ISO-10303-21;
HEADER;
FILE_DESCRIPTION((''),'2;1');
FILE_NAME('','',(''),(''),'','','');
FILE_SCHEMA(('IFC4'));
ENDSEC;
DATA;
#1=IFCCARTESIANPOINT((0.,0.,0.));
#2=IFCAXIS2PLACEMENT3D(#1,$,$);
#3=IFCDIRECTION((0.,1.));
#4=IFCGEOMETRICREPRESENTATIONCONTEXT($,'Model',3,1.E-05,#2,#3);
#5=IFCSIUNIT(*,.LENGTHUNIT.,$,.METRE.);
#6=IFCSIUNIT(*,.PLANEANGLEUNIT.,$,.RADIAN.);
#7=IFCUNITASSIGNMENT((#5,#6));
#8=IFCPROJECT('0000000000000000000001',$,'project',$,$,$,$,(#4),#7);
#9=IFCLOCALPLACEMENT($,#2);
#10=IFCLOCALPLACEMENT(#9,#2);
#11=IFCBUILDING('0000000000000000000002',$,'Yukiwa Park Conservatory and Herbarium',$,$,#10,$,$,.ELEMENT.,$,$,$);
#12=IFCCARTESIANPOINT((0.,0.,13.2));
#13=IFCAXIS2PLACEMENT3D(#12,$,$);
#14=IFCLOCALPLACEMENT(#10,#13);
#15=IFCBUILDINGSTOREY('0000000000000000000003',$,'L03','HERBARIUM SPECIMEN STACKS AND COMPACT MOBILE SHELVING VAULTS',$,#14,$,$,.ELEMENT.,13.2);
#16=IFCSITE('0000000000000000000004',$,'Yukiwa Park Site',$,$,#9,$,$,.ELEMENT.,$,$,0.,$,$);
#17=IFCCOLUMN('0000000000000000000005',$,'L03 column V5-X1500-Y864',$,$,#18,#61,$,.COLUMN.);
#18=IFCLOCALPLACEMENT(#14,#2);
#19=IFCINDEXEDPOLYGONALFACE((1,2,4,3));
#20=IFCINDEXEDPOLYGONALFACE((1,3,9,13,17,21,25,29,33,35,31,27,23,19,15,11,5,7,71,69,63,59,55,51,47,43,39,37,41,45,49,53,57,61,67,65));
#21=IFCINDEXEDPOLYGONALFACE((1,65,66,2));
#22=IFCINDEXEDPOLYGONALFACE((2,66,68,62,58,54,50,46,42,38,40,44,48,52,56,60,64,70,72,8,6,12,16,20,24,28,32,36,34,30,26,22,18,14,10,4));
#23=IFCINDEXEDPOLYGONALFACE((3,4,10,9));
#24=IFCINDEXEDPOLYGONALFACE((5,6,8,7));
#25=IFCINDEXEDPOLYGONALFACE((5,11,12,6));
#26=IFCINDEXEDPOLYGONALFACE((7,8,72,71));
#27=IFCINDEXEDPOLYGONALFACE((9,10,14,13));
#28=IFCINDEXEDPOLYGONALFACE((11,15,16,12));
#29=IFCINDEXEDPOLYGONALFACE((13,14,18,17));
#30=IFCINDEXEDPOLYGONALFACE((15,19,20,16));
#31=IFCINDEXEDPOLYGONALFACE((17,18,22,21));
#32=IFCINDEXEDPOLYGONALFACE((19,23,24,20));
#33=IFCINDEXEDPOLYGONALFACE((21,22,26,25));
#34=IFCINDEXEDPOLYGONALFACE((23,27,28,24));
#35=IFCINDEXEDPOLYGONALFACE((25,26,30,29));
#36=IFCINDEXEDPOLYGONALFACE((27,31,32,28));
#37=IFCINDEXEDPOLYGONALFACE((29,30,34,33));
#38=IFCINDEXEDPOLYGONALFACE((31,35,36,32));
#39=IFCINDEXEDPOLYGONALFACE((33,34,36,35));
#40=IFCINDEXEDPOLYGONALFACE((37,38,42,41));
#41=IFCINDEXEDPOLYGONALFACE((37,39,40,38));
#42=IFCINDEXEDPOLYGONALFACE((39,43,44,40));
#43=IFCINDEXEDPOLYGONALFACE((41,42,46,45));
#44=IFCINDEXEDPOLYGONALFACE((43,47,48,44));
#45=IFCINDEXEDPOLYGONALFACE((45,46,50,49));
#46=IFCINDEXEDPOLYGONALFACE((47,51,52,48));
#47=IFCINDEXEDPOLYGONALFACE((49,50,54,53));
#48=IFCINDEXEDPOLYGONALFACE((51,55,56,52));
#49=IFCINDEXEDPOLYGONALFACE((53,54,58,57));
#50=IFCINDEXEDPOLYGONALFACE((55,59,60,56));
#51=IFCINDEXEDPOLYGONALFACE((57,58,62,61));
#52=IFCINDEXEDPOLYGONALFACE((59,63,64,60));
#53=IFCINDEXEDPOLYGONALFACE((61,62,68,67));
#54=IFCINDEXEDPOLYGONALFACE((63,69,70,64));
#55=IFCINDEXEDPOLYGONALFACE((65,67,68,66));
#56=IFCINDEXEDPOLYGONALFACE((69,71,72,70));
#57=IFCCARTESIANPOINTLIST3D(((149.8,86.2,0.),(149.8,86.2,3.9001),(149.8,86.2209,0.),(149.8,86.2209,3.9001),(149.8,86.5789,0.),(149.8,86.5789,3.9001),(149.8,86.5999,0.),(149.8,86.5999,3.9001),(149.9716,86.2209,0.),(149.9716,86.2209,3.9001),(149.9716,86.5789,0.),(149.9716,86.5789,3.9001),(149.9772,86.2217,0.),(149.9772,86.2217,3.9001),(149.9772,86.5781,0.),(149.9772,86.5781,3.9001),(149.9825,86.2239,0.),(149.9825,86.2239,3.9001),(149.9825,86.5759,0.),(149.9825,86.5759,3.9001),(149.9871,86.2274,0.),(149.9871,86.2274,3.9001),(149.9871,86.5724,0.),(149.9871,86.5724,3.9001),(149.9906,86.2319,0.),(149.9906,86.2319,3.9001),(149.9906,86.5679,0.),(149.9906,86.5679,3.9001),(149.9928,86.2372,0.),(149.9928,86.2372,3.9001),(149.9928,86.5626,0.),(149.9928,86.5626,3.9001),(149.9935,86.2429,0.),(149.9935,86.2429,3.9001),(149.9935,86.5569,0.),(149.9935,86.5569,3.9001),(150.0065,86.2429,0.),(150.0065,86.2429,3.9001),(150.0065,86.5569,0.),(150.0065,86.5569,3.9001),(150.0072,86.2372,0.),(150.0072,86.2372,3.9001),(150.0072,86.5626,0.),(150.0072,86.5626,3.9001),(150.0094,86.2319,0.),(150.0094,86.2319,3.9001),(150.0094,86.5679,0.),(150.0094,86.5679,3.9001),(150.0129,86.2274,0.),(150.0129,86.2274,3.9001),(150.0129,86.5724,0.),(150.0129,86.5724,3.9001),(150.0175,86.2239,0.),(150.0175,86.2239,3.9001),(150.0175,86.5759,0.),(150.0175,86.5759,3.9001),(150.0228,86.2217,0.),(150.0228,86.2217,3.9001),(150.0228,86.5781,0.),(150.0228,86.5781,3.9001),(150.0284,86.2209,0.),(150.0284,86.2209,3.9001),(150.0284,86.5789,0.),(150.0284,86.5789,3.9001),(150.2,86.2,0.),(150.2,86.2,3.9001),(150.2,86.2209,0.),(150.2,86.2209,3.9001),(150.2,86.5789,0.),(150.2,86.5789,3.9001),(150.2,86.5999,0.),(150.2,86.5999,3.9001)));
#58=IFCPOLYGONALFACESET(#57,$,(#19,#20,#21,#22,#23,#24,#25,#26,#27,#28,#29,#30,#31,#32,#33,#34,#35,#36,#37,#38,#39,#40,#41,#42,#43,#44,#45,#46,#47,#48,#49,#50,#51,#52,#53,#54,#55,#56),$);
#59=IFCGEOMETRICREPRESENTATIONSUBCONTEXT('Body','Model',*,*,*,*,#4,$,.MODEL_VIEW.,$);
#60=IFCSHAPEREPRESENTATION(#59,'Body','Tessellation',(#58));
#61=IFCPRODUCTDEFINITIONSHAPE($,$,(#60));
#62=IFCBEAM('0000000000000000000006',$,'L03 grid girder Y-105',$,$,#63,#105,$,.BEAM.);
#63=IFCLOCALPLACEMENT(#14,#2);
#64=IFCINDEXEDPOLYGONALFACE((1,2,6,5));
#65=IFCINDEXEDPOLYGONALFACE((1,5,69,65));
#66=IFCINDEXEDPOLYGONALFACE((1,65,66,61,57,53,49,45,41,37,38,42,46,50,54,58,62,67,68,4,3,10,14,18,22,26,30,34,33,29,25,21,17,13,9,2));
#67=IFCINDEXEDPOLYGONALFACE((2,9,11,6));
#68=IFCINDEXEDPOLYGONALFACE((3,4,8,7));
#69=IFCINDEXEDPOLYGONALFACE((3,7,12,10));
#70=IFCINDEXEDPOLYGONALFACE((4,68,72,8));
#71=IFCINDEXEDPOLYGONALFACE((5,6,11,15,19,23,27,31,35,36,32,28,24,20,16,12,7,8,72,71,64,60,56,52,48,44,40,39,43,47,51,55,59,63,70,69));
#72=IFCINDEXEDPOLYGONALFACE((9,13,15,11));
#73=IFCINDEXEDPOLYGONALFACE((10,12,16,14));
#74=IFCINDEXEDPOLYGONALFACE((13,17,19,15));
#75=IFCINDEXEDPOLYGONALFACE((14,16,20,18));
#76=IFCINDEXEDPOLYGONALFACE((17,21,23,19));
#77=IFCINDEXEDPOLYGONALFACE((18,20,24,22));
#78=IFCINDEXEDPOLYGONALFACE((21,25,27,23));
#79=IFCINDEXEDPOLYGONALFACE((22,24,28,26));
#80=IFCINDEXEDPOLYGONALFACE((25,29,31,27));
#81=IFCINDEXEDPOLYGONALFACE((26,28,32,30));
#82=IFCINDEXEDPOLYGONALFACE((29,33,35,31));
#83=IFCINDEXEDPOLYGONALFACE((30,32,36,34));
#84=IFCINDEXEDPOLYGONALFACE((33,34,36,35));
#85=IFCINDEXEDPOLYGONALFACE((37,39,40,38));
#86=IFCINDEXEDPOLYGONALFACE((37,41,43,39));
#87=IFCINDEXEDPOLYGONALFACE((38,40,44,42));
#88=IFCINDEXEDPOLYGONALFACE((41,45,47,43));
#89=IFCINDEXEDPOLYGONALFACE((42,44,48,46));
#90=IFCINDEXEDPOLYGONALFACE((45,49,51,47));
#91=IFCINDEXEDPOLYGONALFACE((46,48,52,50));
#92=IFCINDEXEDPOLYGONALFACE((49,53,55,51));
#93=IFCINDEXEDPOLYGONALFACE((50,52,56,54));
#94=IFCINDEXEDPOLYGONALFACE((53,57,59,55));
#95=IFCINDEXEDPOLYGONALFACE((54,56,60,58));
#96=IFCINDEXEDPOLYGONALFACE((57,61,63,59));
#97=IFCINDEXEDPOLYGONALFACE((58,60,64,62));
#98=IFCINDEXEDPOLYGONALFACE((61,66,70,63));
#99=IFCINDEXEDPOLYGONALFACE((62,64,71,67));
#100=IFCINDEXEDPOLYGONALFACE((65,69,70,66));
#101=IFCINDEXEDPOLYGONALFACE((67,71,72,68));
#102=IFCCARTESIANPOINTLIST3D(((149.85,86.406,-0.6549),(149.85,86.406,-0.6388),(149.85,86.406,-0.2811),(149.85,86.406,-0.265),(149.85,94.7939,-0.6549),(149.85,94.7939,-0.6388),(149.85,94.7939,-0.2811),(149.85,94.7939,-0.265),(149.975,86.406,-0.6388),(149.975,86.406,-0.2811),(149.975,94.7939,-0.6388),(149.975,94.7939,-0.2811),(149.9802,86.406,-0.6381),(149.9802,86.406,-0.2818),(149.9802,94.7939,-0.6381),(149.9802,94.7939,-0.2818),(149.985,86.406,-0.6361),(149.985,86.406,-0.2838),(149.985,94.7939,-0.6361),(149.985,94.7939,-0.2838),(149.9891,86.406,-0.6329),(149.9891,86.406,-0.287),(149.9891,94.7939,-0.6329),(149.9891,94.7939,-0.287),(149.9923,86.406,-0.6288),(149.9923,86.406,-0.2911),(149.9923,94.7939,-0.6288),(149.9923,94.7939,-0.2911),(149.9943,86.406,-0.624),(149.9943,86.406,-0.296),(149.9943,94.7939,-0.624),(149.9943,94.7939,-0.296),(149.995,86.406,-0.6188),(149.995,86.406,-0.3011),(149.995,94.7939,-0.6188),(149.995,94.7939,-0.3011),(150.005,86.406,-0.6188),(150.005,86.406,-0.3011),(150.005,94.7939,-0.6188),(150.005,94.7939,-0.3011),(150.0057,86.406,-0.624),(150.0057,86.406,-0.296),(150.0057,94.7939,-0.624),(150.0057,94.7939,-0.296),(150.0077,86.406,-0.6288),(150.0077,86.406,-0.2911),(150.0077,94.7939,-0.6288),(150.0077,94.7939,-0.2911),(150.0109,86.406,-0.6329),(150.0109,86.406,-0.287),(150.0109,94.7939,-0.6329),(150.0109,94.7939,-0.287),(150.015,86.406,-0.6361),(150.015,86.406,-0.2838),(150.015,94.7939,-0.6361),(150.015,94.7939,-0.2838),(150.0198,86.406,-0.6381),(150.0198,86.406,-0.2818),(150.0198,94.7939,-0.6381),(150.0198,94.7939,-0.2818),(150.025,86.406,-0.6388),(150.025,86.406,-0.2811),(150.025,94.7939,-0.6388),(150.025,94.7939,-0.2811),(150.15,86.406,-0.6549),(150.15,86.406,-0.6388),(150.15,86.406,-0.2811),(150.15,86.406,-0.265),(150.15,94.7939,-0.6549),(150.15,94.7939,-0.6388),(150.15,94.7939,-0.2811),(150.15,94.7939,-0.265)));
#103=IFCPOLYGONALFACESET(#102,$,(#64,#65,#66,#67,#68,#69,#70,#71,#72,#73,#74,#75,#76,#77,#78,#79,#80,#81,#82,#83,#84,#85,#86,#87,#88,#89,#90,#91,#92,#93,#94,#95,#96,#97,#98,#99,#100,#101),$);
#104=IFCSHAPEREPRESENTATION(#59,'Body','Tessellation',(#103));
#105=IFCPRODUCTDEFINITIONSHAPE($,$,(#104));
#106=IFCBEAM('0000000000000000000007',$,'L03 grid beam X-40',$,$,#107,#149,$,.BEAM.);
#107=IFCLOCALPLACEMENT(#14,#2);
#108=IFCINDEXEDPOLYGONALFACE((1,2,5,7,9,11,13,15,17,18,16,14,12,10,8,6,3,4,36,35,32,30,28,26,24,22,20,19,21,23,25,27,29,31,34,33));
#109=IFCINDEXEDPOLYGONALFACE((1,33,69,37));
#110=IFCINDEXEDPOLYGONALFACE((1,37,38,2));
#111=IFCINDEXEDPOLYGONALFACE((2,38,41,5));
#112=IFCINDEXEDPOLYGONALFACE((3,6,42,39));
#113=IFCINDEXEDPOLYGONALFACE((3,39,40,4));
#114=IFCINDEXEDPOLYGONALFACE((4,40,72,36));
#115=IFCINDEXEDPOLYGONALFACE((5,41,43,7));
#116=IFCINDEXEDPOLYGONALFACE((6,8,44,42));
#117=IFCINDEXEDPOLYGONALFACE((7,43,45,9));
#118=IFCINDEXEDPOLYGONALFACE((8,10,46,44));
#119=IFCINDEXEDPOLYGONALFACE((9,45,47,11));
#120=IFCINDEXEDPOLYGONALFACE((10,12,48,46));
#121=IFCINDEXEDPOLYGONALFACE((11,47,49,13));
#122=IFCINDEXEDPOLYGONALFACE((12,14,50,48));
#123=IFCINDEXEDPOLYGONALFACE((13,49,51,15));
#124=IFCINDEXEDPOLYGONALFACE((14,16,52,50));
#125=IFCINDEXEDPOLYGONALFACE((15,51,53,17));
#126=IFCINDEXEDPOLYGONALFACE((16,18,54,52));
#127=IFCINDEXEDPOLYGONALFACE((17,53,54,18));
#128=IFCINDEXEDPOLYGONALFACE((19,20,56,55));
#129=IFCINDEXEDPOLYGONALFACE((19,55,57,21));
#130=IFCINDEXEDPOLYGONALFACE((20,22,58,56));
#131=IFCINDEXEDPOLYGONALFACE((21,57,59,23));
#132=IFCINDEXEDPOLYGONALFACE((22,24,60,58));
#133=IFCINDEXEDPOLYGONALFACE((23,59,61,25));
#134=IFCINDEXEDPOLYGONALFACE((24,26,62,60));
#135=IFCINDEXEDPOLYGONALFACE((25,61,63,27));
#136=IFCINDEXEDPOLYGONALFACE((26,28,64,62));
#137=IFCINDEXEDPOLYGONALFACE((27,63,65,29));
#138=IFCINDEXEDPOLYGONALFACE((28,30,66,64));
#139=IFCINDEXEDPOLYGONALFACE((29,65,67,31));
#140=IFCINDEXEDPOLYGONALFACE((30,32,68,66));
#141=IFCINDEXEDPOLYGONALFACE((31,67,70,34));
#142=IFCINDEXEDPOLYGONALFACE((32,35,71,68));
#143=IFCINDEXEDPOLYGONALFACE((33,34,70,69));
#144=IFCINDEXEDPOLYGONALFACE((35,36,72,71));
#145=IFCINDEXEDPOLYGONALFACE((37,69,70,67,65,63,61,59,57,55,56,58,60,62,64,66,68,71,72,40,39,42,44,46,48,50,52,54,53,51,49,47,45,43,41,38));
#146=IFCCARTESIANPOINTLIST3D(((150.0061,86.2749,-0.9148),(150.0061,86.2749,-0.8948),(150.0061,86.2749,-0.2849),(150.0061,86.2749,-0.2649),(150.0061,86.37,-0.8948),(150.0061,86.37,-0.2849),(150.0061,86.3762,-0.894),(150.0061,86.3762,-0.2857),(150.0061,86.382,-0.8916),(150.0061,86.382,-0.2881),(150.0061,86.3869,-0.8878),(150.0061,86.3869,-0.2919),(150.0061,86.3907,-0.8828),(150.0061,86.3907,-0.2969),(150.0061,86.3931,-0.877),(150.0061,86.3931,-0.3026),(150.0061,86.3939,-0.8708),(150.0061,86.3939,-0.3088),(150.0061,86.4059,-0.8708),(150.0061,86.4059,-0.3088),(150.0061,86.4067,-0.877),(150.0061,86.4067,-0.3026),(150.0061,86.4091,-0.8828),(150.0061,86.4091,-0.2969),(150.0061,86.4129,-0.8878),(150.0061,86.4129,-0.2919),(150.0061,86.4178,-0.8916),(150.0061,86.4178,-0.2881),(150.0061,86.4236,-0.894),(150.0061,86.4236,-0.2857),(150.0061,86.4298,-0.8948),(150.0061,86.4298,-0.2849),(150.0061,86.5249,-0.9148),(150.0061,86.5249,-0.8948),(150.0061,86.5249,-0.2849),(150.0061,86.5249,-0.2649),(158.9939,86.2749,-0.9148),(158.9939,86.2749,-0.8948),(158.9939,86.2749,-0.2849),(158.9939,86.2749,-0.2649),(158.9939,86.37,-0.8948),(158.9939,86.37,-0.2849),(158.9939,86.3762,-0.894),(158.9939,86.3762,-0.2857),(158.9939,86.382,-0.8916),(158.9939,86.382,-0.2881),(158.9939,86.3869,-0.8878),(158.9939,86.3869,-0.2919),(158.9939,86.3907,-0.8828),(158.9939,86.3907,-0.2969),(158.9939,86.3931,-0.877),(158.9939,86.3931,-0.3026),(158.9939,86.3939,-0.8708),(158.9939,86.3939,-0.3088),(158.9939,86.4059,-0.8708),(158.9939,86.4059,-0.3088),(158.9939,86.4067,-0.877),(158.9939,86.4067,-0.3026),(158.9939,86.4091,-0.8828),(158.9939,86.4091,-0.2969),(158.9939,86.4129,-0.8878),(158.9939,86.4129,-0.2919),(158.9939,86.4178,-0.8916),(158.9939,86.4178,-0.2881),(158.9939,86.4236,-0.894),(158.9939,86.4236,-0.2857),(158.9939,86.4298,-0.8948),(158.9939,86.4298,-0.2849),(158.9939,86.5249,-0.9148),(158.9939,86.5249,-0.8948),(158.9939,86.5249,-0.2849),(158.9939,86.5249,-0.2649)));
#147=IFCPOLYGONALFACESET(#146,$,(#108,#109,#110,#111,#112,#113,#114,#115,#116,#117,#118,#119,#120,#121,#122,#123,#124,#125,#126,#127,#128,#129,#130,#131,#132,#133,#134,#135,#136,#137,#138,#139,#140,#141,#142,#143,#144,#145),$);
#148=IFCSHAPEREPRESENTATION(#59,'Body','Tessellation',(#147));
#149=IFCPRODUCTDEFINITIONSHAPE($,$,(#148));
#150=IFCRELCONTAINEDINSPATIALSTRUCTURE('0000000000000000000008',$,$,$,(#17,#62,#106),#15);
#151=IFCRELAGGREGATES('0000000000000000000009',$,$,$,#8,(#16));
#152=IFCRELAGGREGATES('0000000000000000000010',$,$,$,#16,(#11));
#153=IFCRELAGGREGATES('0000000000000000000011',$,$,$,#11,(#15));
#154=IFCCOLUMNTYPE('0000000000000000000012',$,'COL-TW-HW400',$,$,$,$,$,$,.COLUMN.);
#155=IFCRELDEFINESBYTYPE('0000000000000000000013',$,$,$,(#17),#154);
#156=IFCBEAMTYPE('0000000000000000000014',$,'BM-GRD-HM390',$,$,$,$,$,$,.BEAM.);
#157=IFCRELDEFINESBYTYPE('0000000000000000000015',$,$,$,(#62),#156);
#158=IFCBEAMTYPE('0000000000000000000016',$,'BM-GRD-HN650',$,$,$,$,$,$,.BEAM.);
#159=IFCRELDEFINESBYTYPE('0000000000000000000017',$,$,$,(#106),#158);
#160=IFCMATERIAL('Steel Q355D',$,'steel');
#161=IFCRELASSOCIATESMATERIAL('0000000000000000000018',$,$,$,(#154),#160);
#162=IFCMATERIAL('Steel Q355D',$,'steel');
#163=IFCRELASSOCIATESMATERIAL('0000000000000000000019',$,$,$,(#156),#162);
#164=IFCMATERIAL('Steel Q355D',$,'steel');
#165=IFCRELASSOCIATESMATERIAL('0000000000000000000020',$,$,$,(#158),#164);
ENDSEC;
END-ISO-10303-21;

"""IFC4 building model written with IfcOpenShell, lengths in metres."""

from ifc_helpers import new_model, si_unit, direction, frame, origin, origin_2d, place, context, subcontext, project, spatial, i_section, extrude, material, material_profile, profile_set, type_object, element, save


model = new_model("IFC4")

# Units and contexts
model_context = context("Model", 3, precision=1e-05, world=origin(), true_north=direction((0.0, 1.0)))
body_context = subcontext(model_context, "Body", "Model", "MODEL_VIEW")
ifc_project = project(units=[si_unit("LENGTHUNIT", "METRE"), si_unit("PLANEANGLEUNIT", "RADIAN")], contexts=[model_context])

# Site, building, storey
site_placement = place(None, origin())
site = spatial("IfcSite", under=ifc_project, at=site_placement, Name="Yukiwa Park Site", CompositionType="ELEMENT", RefElevation=0.0)
building_placement = place(site_placement, origin())
building = spatial("IfcBuilding", under=site, at=building_placement, Name="Yukiwa Park Conservatory and Herbarium", CompositionType="ELEMENT")
storey_placement = place(building_placement, frame((0.0, 0.0, 13.2)))
storey = spatial("IfcBuildingStorey", under=building, at=storey_placement, Name="L03", Description="HERBARIUM SPECIMEN STACKS AND COMPACT MOBILE SHELVING VAULTS", CompositionType="ELEMENT", Elevation=13.2)

# Column
ifc_material_1 = material(Name="Steel Q355D", Category="steel")
ifc_material_profile_1 = material_profile(ifc_material_1, i_section(OverallWidth=0.3999, OverallDepth=0.3999, WebThickness=0.0129, FlangeThickness=0.021, FilletRadius=0.022, at=origin_2d()), Name="HW 400x400x13x21")
ifc_profile_set_1 = profile_set([ifc_material_profile_1], Name="Steel Q355D")
column_type = type_object("IfcColumnType", Name="COL-TW-HW400", PredefinedType="COLUMN", material=ifc_profile_set_1)
column_placement = place(storey_placement, frame((150.0, 86.3999, 0.0), z_axis=(0.0, 0.0, 1.0), x_axis=(1.0, 0.0, 0.0)))
element("IfcColumn", 1, at=column_placement, inside=storey, type_object=column_type, Name="L03 column V5-X1500-Y864", PredefinedType="COLUMN", context=body_context, shape_type="SweptSolid", body=[
    extrude(i_section(OverallWidth=0.3999, OverallDepth=0.3999, WebThickness=0.0129, FlangeThickness=0.021, FilletRadius=0.022, at=origin_2d()), origin(), (0.0, 0.0, 1.0), 3.9001),
])

# Beams
ifc_material_2 = material(Name="Steel Q355D", Category="steel")
ifc_material_profile_2 = material_profile(ifc_material_2, i_section(OverallWidth=0.3, OverallDepth=0.3899, WebThickness=0.01, FlangeThickness=0.0161, FilletRadius=0.02, at=origin_2d()), Name="HM 390x300x10x16")
ifc_profile_set_2 = profile_set([ifc_material_profile_2], Name="Steel Q355D")
beam_type_1 = type_object("IfcBeamType", Name="BM-GRD-HM390", PredefinedType="BEAM", material=ifc_profile_set_2)
beam_1_placement = place(storey_placement, frame((150.0, 86.406, -0.46), z_axis=(0.0, 1.0, 0.0), x_axis=(-1.0, 0.0, 0.0)))
element("IfcBeam", 2, at=beam_1_placement, inside=storey, type_object=beam_type_1, Name="L03 grid girder Y-105", PredefinedType="BEAM", context=body_context, shape_type="SweptSolid", body=[
    extrude(i_section(OverallWidth=0.3, OverallDepth=0.3899, WebThickness=0.01, FlangeThickness=0.0161, FilletRadius=0.02, at=origin_2d()), origin(), (0.0, 0.0, 1.0), 8.3879),
])
ifc_material_3 = material(Name="Steel Q355D", Category="steel")
ifc_material_profile_3 = material_profile(ifc_material_3, i_section(OverallWidth=0.25, OverallDepth=0.6499, WebThickness=0.012, FlangeThickness=0.02, FilletRadius=0.0239, at=origin_2d()), Name="HN 650x250x12x20")
ifc_profile_set_3 = profile_set([ifc_material_profile_3], Name="Steel Q355D")
beam_type_2 = type_object("IfcBeamType", Name="BM-GRD-HN650", PredefinedType="BEAM", material=ifc_profile_set_3)
beam_2_placement = place(storey_placement, frame((150.0061, 86.3999, -0.5898), z_axis=(1.0, 0.0, 0.0), x_axis=(0.0, 1.0, 0.0)))
element("IfcBeam", 3, at=beam_2_placement, inside=storey, type_object=beam_type_2, Name="L03 grid beam X-40", PredefinedType="BEAM", context=body_context, shape_type="SweptSolid", body=[
    extrude(i_section(OverallWidth=0.25, OverallDepth=0.6499, WebThickness=0.012, FlangeThickness=0.02, FilletRadius=0.0239, at=origin_2d()), origin(), (0.0, 0.0, 1.0), 8.9878),
])

save(model, "model.ifc")
